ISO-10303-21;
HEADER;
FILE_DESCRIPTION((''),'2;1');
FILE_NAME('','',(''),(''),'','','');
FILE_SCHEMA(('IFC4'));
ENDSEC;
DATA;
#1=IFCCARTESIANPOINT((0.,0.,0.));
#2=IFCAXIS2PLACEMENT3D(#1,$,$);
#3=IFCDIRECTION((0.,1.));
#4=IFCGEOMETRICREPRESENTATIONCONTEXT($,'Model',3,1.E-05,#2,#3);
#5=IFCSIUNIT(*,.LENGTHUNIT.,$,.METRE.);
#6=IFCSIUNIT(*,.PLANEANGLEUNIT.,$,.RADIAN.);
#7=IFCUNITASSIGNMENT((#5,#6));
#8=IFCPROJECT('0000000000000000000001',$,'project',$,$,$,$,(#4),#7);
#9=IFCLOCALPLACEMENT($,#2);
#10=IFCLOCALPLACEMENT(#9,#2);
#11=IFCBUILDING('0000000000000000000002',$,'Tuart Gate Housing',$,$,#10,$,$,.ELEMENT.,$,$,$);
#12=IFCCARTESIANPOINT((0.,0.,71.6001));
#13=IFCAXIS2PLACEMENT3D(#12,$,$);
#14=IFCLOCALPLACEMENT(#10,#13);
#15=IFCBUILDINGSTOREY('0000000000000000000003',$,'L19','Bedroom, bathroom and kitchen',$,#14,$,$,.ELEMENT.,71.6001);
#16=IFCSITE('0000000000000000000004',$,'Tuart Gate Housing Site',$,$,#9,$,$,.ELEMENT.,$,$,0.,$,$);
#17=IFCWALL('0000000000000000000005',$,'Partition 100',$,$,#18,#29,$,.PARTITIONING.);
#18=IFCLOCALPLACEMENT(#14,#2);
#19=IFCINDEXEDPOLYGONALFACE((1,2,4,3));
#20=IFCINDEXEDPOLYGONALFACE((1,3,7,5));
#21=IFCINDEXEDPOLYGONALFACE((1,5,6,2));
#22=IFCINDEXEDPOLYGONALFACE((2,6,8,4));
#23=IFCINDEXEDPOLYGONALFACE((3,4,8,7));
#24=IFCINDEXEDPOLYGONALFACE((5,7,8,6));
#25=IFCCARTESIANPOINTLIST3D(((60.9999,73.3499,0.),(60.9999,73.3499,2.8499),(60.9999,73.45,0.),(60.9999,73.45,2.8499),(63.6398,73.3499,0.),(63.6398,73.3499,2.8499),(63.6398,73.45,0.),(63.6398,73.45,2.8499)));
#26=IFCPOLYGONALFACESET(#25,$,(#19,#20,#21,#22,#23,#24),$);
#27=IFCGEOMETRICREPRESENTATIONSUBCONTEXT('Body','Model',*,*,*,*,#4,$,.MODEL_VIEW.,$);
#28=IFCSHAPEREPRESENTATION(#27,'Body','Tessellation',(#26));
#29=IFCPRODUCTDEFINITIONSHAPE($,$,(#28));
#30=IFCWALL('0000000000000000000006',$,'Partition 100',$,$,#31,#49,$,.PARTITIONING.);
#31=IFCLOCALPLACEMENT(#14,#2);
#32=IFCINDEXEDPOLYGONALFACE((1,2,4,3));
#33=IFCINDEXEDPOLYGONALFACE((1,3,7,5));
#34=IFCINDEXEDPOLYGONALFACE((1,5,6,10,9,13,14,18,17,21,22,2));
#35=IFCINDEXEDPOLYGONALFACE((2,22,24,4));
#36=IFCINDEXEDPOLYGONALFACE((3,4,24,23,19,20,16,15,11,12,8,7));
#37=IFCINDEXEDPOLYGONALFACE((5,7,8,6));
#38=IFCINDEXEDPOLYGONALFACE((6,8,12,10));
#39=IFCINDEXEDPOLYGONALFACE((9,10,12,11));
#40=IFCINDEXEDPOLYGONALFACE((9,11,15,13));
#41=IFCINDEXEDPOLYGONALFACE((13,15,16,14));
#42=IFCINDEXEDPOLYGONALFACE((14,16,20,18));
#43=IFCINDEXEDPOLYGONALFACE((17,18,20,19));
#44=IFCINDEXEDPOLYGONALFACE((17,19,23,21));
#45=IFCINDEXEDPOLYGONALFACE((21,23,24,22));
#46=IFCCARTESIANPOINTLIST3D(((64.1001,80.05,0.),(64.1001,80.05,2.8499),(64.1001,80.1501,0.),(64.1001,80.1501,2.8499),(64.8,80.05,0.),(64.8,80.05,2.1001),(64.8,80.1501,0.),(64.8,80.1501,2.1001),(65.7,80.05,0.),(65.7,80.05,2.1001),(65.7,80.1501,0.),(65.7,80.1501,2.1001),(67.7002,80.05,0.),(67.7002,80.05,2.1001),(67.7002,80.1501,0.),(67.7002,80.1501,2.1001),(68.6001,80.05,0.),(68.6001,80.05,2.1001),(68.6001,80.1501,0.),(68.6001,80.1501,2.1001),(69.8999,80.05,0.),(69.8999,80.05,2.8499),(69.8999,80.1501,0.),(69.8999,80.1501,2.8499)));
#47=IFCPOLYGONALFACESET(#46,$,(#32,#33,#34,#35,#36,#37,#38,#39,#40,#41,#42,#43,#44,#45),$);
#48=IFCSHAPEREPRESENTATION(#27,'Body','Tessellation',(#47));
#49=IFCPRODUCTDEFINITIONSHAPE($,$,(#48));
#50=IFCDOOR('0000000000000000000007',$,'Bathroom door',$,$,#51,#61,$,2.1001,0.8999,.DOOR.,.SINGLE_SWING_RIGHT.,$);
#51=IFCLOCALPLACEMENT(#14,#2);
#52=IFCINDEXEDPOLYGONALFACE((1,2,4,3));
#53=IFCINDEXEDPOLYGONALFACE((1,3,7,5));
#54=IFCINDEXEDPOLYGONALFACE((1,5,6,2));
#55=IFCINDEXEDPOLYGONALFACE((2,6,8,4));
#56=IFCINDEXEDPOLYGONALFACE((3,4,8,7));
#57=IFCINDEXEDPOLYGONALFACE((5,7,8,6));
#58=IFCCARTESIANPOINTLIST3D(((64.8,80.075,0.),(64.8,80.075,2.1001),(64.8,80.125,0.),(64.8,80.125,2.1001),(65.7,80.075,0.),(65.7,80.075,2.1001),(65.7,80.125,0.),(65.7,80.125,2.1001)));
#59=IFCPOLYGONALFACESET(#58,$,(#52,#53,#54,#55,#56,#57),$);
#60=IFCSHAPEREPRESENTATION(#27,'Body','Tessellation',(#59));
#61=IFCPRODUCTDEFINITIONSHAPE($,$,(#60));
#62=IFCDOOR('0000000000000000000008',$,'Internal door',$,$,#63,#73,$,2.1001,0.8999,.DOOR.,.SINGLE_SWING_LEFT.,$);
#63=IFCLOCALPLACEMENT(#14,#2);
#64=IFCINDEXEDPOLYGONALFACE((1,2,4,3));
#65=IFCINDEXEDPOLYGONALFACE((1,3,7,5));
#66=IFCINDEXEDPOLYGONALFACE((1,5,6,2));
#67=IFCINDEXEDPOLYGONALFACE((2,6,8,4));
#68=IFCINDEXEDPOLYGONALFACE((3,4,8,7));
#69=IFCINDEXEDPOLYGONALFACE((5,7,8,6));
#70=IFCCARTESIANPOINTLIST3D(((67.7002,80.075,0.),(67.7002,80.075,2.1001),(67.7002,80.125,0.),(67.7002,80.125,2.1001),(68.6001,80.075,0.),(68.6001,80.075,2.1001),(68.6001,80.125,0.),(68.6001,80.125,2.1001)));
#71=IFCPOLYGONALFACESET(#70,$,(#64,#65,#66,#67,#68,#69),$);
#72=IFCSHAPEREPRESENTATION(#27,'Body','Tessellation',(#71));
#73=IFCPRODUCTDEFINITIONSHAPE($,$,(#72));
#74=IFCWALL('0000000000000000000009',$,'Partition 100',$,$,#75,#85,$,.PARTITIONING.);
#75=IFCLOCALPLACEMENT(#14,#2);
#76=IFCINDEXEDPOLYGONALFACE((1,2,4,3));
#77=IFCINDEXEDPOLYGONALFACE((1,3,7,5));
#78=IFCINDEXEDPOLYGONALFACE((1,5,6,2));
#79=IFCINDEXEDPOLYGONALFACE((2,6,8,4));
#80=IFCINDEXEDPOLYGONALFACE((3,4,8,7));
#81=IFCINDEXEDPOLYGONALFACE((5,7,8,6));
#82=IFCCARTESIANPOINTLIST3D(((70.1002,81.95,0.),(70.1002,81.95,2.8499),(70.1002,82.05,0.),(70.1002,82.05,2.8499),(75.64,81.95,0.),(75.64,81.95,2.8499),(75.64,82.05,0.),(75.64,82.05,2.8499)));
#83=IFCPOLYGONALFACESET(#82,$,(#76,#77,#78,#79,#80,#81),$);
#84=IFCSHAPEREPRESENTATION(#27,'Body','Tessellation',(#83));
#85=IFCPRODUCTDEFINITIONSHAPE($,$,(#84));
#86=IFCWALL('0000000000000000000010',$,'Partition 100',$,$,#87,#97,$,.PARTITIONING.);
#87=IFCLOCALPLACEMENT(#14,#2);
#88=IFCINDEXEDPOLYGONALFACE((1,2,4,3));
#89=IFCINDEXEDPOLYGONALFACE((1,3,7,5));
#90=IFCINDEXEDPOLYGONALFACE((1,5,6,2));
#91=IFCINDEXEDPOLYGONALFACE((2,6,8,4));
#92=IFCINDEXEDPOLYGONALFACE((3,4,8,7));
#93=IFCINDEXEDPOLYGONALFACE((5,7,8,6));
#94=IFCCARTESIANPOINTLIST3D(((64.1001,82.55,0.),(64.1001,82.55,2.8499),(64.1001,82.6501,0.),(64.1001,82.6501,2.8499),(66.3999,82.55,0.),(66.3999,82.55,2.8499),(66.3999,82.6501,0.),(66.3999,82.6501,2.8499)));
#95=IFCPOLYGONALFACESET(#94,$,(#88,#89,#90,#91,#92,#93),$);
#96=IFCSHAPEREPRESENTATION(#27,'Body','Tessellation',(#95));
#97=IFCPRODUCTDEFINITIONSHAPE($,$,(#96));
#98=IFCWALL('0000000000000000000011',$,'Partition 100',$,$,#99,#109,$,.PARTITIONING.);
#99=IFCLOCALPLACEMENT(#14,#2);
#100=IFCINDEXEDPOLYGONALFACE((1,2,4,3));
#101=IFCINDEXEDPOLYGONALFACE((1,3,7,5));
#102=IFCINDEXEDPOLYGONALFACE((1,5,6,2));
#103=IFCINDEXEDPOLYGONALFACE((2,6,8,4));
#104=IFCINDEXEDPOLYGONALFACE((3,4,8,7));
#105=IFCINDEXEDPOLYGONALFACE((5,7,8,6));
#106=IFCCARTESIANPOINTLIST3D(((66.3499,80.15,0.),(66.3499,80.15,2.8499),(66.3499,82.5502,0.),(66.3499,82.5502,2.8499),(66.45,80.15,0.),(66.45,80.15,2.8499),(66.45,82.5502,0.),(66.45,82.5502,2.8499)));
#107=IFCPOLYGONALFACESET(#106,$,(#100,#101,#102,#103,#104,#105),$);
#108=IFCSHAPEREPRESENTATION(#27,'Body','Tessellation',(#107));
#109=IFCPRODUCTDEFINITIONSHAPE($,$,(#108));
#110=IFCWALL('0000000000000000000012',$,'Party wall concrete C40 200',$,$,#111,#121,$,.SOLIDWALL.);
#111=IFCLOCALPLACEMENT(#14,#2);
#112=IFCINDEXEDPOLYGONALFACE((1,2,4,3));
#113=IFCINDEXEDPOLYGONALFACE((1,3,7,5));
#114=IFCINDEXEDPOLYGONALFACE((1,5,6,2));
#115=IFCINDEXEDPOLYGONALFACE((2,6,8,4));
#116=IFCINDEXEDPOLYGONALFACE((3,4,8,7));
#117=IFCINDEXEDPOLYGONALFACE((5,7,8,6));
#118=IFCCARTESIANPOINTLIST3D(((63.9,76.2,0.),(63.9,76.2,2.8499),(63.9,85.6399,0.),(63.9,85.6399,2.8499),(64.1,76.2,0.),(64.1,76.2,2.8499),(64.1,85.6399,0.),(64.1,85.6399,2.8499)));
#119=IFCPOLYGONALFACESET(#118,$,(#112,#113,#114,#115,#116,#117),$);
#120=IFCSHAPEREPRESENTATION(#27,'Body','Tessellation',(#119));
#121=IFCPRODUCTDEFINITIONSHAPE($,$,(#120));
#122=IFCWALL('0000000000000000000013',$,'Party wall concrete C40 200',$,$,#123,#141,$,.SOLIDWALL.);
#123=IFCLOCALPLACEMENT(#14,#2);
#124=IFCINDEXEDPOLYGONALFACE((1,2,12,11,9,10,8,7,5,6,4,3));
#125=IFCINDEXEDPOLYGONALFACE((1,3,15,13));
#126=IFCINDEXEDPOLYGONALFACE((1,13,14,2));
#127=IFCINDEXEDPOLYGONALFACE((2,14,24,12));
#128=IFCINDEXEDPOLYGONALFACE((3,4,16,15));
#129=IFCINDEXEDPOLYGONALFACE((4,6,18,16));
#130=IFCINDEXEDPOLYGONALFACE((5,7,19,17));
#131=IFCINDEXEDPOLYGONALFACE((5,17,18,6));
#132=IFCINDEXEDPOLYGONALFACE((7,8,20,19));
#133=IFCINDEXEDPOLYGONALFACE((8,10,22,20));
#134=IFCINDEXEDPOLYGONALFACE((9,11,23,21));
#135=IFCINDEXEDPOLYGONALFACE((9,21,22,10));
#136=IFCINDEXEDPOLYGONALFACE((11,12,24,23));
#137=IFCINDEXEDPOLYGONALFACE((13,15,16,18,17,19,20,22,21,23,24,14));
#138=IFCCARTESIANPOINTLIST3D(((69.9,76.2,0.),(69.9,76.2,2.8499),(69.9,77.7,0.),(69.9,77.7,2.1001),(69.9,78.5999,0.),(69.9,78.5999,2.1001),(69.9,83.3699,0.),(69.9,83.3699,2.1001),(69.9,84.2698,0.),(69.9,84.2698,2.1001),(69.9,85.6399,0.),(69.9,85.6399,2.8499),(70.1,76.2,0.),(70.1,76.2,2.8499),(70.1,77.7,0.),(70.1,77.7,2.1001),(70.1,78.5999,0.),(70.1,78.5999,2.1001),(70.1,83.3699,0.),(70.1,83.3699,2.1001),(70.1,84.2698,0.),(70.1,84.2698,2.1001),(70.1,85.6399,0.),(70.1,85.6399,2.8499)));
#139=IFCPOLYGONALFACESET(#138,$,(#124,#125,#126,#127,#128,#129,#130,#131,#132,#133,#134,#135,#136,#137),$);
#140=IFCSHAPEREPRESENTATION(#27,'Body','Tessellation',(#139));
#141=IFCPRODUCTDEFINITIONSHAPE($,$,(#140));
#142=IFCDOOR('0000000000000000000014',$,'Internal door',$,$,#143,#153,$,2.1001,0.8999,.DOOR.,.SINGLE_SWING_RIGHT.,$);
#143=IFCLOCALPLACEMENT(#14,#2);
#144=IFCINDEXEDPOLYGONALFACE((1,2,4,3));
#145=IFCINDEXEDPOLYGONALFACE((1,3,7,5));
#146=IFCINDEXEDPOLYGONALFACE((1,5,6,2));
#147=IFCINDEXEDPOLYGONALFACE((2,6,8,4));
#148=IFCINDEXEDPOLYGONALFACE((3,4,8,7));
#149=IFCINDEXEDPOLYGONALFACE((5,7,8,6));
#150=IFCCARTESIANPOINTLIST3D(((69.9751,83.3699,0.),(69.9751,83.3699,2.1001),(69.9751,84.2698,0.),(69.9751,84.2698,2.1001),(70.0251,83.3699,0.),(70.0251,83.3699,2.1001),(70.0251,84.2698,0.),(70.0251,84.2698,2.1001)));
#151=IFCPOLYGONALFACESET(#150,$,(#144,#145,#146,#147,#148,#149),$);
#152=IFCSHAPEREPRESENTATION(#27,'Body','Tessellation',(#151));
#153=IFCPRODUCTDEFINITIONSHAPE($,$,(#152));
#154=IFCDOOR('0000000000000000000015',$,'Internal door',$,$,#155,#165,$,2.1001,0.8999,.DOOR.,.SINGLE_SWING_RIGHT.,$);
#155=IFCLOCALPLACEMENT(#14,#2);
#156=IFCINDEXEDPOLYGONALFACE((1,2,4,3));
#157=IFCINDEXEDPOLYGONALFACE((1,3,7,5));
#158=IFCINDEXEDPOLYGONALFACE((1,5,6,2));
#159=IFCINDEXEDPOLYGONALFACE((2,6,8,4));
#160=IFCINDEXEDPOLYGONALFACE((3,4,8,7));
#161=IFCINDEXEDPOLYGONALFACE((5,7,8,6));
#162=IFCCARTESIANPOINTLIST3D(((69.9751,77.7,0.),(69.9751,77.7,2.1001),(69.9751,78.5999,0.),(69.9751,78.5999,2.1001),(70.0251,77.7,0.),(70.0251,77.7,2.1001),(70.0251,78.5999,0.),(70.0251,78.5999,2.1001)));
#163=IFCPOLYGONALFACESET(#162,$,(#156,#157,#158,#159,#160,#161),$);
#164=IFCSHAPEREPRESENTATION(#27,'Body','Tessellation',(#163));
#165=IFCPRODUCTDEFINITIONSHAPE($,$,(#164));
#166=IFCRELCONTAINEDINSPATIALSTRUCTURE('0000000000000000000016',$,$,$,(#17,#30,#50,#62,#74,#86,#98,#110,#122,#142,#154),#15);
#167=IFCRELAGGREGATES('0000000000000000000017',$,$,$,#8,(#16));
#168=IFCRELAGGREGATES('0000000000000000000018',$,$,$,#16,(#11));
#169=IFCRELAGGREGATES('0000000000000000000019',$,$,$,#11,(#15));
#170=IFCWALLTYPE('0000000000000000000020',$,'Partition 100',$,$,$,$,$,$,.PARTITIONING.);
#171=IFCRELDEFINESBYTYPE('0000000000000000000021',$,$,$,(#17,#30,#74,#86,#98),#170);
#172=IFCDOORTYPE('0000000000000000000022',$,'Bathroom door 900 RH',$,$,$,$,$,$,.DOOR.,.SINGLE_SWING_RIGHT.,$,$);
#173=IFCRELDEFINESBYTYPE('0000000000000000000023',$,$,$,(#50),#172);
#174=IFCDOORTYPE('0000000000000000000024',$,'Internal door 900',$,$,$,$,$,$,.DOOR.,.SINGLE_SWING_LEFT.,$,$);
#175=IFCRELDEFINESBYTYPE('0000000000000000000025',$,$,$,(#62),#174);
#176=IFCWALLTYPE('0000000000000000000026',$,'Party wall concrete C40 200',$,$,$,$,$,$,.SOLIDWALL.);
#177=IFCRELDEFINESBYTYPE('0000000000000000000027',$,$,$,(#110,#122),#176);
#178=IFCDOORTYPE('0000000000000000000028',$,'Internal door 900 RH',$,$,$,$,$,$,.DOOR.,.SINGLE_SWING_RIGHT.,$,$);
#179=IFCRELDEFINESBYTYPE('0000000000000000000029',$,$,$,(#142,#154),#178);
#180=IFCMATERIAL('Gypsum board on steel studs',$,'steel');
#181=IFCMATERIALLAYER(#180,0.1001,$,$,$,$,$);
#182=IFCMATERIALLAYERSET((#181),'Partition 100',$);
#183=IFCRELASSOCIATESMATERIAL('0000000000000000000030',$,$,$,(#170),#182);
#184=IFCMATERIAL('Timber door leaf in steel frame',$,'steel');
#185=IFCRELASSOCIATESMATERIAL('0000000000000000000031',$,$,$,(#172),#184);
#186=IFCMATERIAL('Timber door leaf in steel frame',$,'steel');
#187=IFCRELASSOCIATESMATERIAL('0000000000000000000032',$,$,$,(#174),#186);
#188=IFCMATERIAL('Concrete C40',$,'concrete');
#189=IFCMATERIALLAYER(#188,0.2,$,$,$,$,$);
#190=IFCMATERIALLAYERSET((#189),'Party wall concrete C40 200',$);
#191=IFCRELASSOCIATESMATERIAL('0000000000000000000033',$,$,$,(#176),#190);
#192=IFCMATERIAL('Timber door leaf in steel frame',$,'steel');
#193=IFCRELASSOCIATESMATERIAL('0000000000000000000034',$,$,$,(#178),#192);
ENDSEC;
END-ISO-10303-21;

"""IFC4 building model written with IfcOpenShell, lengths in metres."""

from ifc_helpers import new_model, si_unit, direction, frame, frame_2d, origin, place, context, subcontext, project, spatial, rectangle, extrude, material, layer, layer_set, type_object, element, fill, save


model = new_model("IFC4")

# Units and contexts
model_context = context("Model", 3, precision=1e-05, world=origin(), true_north=direction((0.0, 1.0)))
body_context = subcontext(model_context, "Body", "Model", "MODEL_VIEW")
ifc_project = project(units=[si_unit("LENGTHUNIT", "METRE"), si_unit("PLANEANGLEUNIT", "RADIAN")], contexts=[model_context])

# Site, building, storey
site_placement = place(None, origin())
site = spatial("IfcSite", under=ifc_project, at=site_placement, Name="Tuart Gate Housing Site", CompositionType="ELEMENT", RefElevation=0.0)
building_placement = place(site_placement, origin())
building = spatial("IfcBuilding", under=site, at=building_placement, Name="Tuart Gate Housing", CompositionType="ELEMENT")
storey_placement = place(building_placement, frame((0.0, 0.0, 71.6001)))
storey = spatial("IfcBuildingStorey", under=building, at=storey_placement, Name="L19", Description="Bedroom, bathroom and kitchen", CompositionType="ELEMENT", Elevation=71.6001)

# Wall
ifc_material_1 = material(Name="Gypsum board on steel studs", Category="steel")
ifc_layer_1 = layer(ifc_material_1, 0.1001)
ifc_layer_set_1 = layer_set([ifc_layer_1], Name="Partition 100")
wall_type_1 = type_object("IfcWallType", Name="Partition 100", PredefinedType="PARTITIONING", material=ifc_layer_set_1)
wall_1_placement = place(storey_placement, frame((61.0, 73.3999, 0.0), z_axis=(0.0, 0.0, 1.0), x_axis=(1.0, 0.0, 0.0)))
element("IfcWall", 1, at=wall_1_placement, inside=storey, type_object=wall_type_1, Name="Partition 100", PredefinedType="PARTITIONING", context=body_context, shape_type="SweptSolid", body=[
    extrude(rectangle(XDim=2.6399, YDim=0.1001, at=frame_2d((1.3198, 0.0))), origin(), (0.0, 0.0, 1.0), 2.8499),
])

# Wall, openings, doors
wall_2_placement = place(storey_placement, frame((64.1001, 80.1001, 0.0), z_axis=(0.0, 0.0, 1.0), x_axis=(1.0, 0.0, 0.0)))
wall_2 = element("IfcWall", 2, at=wall_2_placement, inside=storey, type_object=wall_type_1, Name="Partition 100", PredefinedType="PARTITIONING", context=body_context, shape_type="SweptSolid", body=[
    extrude(rectangle(XDim=5.7998, YDim=0.1001, at=frame_2d((2.8999, 0.0))), origin(), (0.0, 0.0, 1.0), 2.8499),
])
opening_1_placement = place(wall_2_placement, frame((3.6001, 0.0, 0.0)))
opening_1 = element("IfcOpeningElement", 3, at=opening_1_placement, cuts=wall_2, PredefinedType="OPENING", context=body_context, shape_type="SweptSolid", body=[
    extrude(rectangle(XDim=0.8999, YDim=2.1001, at=frame_2d((0.45, 1.05))), frame((0.0, 0.0601, 0.0), z_axis=(0.0, -1.0, 0.0), x_axis=(1.0, 0.0, 0.0)), (0.0, 0.0, 1.0), 0.1201),
])
opening_2_placement = place(wall_2_placement, frame((0.7, 0.0, 0.0)))
opening_2 = element("IfcOpeningElement", 4, at=opening_2_placement, cuts=wall_2, PredefinedType="OPENING", context=body_context, shape_type="SweptSolid", body=[
    extrude(rectangle(XDim=0.8999, YDim=2.1001, at=frame_2d((0.45, 1.05))), frame((0.0, 0.0601, 0.0), z_axis=(0.0, -1.0, 0.0), x_axis=(1.0, 0.0, 0.0)), (0.0, 0.0, 1.0), 0.1201),
])
ifc_material_2 = material(Name="Timber door leaf in steel frame", Category="steel")
door_type_1 = type_object("IfcDoorType", Name="Bathroom door 900 RH", OperationType="SINGLE_SWING_RIGHT", PredefinedType="DOOR", material=ifc_material_2)
door_1_placement = place(opening_2_placement, origin())
door_1 = element("IfcDoor", 5, at=door_1_placement, inside=storey, type_object=door_type_1, Name="Bathroom door", OperationType="SINGLE_SWING_RIGHT", OverallHeight=2.1001, OverallWidth=0.8999, PredefinedType="DOOR", context=body_context, shape_type="SweptSolid", body=[
    extrude(rectangle(XDim=0.8999, YDim=2.1001, at=frame_2d((0.45, 1.05))), frame((0.0, 0.0249, 0.0), z_axis=(0.0, -1.0, 0.0), x_axis=(1.0, 0.0, 0.0)), (0.0, 0.0, 1.0), 0.05),
])
fill(opening_2, door_1)
ifc_material_3 = material(Name="Timber door leaf in steel frame", Category="steel")
door_type_2 = type_object("IfcDoorType", Name="Internal door 900", OperationType="SINGLE_SWING_LEFT", PredefinedType="DOOR", material=ifc_material_3)
door_2_placement = place(opening_1_placement, frame((0.8999, 0.0, 0.0), z_axis=(0.0, 0.0, 1.0), x_axis=(-1.0, 0.0, 0.0)))
door_2 = element("IfcDoor", 6, at=door_2_placement, inside=storey, type_object=door_type_2, Name="Internal door", OperationType="SINGLE_SWING_LEFT", OverallHeight=2.1001, OverallWidth=0.8999, PredefinedType="DOOR", context=body_context, shape_type="SweptSolid", body=[
    extrude(rectangle(XDim=0.8999, YDim=2.1001, at=frame_2d((0.45, 1.05))), frame((0.0, 0.0251, 0.0), z_axis=(0.0, -1.0, 0.0), x_axis=(1.0, 0.0, 0.0)), (0.0, 0.0, 1.0), 0.05),
])
fill(opening_1, door_2)

# Walls
wall_3_placement = place(storey_placement, frame((70.1001, 82.0, 0.0), z_axis=(0.0, 0.0, 1.0), x_axis=(1.0, 0.0, 0.0)))
element("IfcWall", 7, at=wall_3_placement, inside=storey, type_object=wall_type_1, Name="Partition 100", PredefinedType="PARTITIONING", context=body_context, shape_type="SweptSolid", body=[
    extrude(rectangle(XDim=5.5398, YDim=0.1001, at=frame_2d((2.77, 0.0))), origin(), (0.0, 0.0, 1.0), 2.8499),
])
wall_4_placement = place(storey_placement, frame((64.1001, 82.6001, 0.0), z_axis=(0.0, 0.0, 1.0), x_axis=(1.0, 0.0, 0.0)))
element("IfcWall", 8, at=wall_4_placement, inside=storey, type_object=wall_type_1, Name="Partition 100", PredefinedType="PARTITIONING", context=body_context, shape_type="SweptSolid", body=[
    extrude(rectangle(XDim=2.2998, YDim=0.1001, at=frame_2d((1.1499, 0.0))), origin(), (0.0, 0.0, 1.0), 2.8499),
])
wall_5_placement = place(storey_placement, frame((66.3999, 80.1499, 0.0), z_axis=(0.0, 0.0, 1.0), x_axis=(0.0, 1.0, 0.0)))
element("IfcWall", 9, at=wall_5_placement, inside=storey, type_object=wall_type_1, Name="Partition 100", PredefinedType="PARTITIONING", context=body_context, shape_type="SweptSolid", body=[
    extrude(rectangle(XDim=2.4001, YDim=0.1001, at=frame_2d((1.2002, 0.0))), origin(), (0.0, 0.0, 1.0), 2.8499),
])
ifc_material_4 = material(Name="Concrete C40", Category="concrete")
ifc_layer_2 = layer(ifc_material_4, 0.2)
ifc_layer_set_2 = layer_set([ifc_layer_2], Name="Party wall concrete C40 200")
wall_type_2 = type_object("IfcWallType", Name="Party wall concrete C40 200", PredefinedType="SOLIDWALL", material=ifc_layer_set_2)
wall_6_placement = place(storey_placement, frame((64.0, 76.2, 0.0), z_axis=(0.0, 0.0, 1.0), x_axis=(0.0, 1.0, 0.0)))
element("IfcWall", 10, at=wall_6_placement, inside=storey, type_object=wall_type_2, Name="Party wall concrete C40 200", PredefinedType="SOLIDWALL", context=body_context, shape_type="SweptSolid", body=[
    extrude(rectangle(XDim=9.4399, YDim=0.2, at=frame_2d((4.72, 0.0))), origin(), (0.0, 0.0, 1.0), 2.8499),
])

# Wall, openings, doors
wall_7_placement = place(storey_placement, frame((70.0, 76.2, 0.0), z_axis=(0.0, 0.0, 1.0), x_axis=(0.0, 1.0, 0.0)))
wall_7 = element("IfcWall", 11, at=wall_7_placement, inside=storey, type_object=wall_type_2, Name="Party wall concrete C40 200", PredefinedType="SOLIDWALL", context=body_context, shape_type="SweptSolid", body=[
    extrude(rectangle(XDim=9.4399, YDim=0.2, at=frame_2d((4.72, 0.0))), origin(), (0.0, 0.0, 1.0), 2.8499),
])
opening_3_placement = place(wall_7_placement, frame((7.1699, 0.0, 0.0)))
opening_3 = element("IfcOpeningElement", 12, at=opening_3_placement, cuts=wall_7, PredefinedType="OPENING", context=body_context, shape_type="SweptSolid", body=[
    extrude(rectangle(XDim=0.8999, YDim=2.1001, at=frame_2d((0.45, 1.05))), frame((0.0, 0.1099, 0.0), z_axis=(0.0, -1.0, 0.0), x_axis=(1.0, 0.0, 0.0)), (0.0, 0.0, 1.0), 0.22),
])
opening_4_placement = place(wall_7_placement, frame((1.5, 0.0, 0.0)))
opening_4 = element("IfcOpeningElement", 13, at=opening_4_placement, cuts=wall_7, PredefinedType="OPENING", context=body_context, shape_type="SweptSolid", body=[
    extrude(rectangle(XDim=0.8999, YDim=2.1001, at=frame_2d((0.45, 1.05))), frame((0.0, 0.1099, 0.0), z_axis=(0.0, -1.0, 0.0), x_axis=(1.0, 0.0, 0.0)), (0.0, 0.0, 1.0), 0.22),
])
ifc_material_5 = material(Name="Timber door leaf in steel frame", Category="steel")
door_type_3 = type_object("IfcDoorType", Name="Internal door 900 RH", OperationType="SINGLE_SWING_RIGHT", PredefinedType="DOOR", material=ifc_material_5)
door_3_placement = place(opening_3_placement, frame((0.8999, 0.0, 0.0), z_axis=(0.0, 0.0, 1.0), x_axis=(-1.0, 0.0, 0.0)))
door_3 = element("IfcDoor", 14, at=door_3_placement, inside=storey, type_object=door_type_3, Name="Internal door", OperationType="SINGLE_SWING_RIGHT", OverallHeight=2.1001, OverallWidth=0.8999, PredefinedType="DOOR", context=body_context, shape_type="SweptSolid", body=[
    extrude(rectangle(XDim=0.8999, YDim=2.1001, at=frame_2d((0.45, 1.05))), frame((0.0, 0.0251, 0.0), z_axis=(0.0, -1.0, 0.0), x_axis=(1.0, 0.0, 0.0)), (0.0, 0.0, 1.0), 0.05),
])
fill(opening_3, door_3)
door_4_placement = place(opening_4_placement, frame((0.8999, 0.0, 0.0), z_axis=(0.0, 0.0, 1.0), x_axis=(-1.0, 0.0, 0.0)))
door_4 = element("IfcDoor", 15, at=door_4_placement, inside=storey, type_object=door_type_3, Name="Internal door", OperationType="SINGLE_SWING_RIGHT", OverallHeight=2.1001, OverallWidth=0.8999, PredefinedType="DOOR", context=body_context, shape_type="SweptSolid", body=[
    extrude(rectangle(XDim=0.8999, YDim=2.1001, at=frame_2d((0.45, 1.05))), frame((0.0, 0.0251, 0.0), z_axis=(0.0, -1.0, 0.0), x_axis=(1.0, 0.0, 0.0)), (0.0, 0.0, 1.0), 0.05),
])
fill(opening_4, door_4)

save(model, "model.ifc")
